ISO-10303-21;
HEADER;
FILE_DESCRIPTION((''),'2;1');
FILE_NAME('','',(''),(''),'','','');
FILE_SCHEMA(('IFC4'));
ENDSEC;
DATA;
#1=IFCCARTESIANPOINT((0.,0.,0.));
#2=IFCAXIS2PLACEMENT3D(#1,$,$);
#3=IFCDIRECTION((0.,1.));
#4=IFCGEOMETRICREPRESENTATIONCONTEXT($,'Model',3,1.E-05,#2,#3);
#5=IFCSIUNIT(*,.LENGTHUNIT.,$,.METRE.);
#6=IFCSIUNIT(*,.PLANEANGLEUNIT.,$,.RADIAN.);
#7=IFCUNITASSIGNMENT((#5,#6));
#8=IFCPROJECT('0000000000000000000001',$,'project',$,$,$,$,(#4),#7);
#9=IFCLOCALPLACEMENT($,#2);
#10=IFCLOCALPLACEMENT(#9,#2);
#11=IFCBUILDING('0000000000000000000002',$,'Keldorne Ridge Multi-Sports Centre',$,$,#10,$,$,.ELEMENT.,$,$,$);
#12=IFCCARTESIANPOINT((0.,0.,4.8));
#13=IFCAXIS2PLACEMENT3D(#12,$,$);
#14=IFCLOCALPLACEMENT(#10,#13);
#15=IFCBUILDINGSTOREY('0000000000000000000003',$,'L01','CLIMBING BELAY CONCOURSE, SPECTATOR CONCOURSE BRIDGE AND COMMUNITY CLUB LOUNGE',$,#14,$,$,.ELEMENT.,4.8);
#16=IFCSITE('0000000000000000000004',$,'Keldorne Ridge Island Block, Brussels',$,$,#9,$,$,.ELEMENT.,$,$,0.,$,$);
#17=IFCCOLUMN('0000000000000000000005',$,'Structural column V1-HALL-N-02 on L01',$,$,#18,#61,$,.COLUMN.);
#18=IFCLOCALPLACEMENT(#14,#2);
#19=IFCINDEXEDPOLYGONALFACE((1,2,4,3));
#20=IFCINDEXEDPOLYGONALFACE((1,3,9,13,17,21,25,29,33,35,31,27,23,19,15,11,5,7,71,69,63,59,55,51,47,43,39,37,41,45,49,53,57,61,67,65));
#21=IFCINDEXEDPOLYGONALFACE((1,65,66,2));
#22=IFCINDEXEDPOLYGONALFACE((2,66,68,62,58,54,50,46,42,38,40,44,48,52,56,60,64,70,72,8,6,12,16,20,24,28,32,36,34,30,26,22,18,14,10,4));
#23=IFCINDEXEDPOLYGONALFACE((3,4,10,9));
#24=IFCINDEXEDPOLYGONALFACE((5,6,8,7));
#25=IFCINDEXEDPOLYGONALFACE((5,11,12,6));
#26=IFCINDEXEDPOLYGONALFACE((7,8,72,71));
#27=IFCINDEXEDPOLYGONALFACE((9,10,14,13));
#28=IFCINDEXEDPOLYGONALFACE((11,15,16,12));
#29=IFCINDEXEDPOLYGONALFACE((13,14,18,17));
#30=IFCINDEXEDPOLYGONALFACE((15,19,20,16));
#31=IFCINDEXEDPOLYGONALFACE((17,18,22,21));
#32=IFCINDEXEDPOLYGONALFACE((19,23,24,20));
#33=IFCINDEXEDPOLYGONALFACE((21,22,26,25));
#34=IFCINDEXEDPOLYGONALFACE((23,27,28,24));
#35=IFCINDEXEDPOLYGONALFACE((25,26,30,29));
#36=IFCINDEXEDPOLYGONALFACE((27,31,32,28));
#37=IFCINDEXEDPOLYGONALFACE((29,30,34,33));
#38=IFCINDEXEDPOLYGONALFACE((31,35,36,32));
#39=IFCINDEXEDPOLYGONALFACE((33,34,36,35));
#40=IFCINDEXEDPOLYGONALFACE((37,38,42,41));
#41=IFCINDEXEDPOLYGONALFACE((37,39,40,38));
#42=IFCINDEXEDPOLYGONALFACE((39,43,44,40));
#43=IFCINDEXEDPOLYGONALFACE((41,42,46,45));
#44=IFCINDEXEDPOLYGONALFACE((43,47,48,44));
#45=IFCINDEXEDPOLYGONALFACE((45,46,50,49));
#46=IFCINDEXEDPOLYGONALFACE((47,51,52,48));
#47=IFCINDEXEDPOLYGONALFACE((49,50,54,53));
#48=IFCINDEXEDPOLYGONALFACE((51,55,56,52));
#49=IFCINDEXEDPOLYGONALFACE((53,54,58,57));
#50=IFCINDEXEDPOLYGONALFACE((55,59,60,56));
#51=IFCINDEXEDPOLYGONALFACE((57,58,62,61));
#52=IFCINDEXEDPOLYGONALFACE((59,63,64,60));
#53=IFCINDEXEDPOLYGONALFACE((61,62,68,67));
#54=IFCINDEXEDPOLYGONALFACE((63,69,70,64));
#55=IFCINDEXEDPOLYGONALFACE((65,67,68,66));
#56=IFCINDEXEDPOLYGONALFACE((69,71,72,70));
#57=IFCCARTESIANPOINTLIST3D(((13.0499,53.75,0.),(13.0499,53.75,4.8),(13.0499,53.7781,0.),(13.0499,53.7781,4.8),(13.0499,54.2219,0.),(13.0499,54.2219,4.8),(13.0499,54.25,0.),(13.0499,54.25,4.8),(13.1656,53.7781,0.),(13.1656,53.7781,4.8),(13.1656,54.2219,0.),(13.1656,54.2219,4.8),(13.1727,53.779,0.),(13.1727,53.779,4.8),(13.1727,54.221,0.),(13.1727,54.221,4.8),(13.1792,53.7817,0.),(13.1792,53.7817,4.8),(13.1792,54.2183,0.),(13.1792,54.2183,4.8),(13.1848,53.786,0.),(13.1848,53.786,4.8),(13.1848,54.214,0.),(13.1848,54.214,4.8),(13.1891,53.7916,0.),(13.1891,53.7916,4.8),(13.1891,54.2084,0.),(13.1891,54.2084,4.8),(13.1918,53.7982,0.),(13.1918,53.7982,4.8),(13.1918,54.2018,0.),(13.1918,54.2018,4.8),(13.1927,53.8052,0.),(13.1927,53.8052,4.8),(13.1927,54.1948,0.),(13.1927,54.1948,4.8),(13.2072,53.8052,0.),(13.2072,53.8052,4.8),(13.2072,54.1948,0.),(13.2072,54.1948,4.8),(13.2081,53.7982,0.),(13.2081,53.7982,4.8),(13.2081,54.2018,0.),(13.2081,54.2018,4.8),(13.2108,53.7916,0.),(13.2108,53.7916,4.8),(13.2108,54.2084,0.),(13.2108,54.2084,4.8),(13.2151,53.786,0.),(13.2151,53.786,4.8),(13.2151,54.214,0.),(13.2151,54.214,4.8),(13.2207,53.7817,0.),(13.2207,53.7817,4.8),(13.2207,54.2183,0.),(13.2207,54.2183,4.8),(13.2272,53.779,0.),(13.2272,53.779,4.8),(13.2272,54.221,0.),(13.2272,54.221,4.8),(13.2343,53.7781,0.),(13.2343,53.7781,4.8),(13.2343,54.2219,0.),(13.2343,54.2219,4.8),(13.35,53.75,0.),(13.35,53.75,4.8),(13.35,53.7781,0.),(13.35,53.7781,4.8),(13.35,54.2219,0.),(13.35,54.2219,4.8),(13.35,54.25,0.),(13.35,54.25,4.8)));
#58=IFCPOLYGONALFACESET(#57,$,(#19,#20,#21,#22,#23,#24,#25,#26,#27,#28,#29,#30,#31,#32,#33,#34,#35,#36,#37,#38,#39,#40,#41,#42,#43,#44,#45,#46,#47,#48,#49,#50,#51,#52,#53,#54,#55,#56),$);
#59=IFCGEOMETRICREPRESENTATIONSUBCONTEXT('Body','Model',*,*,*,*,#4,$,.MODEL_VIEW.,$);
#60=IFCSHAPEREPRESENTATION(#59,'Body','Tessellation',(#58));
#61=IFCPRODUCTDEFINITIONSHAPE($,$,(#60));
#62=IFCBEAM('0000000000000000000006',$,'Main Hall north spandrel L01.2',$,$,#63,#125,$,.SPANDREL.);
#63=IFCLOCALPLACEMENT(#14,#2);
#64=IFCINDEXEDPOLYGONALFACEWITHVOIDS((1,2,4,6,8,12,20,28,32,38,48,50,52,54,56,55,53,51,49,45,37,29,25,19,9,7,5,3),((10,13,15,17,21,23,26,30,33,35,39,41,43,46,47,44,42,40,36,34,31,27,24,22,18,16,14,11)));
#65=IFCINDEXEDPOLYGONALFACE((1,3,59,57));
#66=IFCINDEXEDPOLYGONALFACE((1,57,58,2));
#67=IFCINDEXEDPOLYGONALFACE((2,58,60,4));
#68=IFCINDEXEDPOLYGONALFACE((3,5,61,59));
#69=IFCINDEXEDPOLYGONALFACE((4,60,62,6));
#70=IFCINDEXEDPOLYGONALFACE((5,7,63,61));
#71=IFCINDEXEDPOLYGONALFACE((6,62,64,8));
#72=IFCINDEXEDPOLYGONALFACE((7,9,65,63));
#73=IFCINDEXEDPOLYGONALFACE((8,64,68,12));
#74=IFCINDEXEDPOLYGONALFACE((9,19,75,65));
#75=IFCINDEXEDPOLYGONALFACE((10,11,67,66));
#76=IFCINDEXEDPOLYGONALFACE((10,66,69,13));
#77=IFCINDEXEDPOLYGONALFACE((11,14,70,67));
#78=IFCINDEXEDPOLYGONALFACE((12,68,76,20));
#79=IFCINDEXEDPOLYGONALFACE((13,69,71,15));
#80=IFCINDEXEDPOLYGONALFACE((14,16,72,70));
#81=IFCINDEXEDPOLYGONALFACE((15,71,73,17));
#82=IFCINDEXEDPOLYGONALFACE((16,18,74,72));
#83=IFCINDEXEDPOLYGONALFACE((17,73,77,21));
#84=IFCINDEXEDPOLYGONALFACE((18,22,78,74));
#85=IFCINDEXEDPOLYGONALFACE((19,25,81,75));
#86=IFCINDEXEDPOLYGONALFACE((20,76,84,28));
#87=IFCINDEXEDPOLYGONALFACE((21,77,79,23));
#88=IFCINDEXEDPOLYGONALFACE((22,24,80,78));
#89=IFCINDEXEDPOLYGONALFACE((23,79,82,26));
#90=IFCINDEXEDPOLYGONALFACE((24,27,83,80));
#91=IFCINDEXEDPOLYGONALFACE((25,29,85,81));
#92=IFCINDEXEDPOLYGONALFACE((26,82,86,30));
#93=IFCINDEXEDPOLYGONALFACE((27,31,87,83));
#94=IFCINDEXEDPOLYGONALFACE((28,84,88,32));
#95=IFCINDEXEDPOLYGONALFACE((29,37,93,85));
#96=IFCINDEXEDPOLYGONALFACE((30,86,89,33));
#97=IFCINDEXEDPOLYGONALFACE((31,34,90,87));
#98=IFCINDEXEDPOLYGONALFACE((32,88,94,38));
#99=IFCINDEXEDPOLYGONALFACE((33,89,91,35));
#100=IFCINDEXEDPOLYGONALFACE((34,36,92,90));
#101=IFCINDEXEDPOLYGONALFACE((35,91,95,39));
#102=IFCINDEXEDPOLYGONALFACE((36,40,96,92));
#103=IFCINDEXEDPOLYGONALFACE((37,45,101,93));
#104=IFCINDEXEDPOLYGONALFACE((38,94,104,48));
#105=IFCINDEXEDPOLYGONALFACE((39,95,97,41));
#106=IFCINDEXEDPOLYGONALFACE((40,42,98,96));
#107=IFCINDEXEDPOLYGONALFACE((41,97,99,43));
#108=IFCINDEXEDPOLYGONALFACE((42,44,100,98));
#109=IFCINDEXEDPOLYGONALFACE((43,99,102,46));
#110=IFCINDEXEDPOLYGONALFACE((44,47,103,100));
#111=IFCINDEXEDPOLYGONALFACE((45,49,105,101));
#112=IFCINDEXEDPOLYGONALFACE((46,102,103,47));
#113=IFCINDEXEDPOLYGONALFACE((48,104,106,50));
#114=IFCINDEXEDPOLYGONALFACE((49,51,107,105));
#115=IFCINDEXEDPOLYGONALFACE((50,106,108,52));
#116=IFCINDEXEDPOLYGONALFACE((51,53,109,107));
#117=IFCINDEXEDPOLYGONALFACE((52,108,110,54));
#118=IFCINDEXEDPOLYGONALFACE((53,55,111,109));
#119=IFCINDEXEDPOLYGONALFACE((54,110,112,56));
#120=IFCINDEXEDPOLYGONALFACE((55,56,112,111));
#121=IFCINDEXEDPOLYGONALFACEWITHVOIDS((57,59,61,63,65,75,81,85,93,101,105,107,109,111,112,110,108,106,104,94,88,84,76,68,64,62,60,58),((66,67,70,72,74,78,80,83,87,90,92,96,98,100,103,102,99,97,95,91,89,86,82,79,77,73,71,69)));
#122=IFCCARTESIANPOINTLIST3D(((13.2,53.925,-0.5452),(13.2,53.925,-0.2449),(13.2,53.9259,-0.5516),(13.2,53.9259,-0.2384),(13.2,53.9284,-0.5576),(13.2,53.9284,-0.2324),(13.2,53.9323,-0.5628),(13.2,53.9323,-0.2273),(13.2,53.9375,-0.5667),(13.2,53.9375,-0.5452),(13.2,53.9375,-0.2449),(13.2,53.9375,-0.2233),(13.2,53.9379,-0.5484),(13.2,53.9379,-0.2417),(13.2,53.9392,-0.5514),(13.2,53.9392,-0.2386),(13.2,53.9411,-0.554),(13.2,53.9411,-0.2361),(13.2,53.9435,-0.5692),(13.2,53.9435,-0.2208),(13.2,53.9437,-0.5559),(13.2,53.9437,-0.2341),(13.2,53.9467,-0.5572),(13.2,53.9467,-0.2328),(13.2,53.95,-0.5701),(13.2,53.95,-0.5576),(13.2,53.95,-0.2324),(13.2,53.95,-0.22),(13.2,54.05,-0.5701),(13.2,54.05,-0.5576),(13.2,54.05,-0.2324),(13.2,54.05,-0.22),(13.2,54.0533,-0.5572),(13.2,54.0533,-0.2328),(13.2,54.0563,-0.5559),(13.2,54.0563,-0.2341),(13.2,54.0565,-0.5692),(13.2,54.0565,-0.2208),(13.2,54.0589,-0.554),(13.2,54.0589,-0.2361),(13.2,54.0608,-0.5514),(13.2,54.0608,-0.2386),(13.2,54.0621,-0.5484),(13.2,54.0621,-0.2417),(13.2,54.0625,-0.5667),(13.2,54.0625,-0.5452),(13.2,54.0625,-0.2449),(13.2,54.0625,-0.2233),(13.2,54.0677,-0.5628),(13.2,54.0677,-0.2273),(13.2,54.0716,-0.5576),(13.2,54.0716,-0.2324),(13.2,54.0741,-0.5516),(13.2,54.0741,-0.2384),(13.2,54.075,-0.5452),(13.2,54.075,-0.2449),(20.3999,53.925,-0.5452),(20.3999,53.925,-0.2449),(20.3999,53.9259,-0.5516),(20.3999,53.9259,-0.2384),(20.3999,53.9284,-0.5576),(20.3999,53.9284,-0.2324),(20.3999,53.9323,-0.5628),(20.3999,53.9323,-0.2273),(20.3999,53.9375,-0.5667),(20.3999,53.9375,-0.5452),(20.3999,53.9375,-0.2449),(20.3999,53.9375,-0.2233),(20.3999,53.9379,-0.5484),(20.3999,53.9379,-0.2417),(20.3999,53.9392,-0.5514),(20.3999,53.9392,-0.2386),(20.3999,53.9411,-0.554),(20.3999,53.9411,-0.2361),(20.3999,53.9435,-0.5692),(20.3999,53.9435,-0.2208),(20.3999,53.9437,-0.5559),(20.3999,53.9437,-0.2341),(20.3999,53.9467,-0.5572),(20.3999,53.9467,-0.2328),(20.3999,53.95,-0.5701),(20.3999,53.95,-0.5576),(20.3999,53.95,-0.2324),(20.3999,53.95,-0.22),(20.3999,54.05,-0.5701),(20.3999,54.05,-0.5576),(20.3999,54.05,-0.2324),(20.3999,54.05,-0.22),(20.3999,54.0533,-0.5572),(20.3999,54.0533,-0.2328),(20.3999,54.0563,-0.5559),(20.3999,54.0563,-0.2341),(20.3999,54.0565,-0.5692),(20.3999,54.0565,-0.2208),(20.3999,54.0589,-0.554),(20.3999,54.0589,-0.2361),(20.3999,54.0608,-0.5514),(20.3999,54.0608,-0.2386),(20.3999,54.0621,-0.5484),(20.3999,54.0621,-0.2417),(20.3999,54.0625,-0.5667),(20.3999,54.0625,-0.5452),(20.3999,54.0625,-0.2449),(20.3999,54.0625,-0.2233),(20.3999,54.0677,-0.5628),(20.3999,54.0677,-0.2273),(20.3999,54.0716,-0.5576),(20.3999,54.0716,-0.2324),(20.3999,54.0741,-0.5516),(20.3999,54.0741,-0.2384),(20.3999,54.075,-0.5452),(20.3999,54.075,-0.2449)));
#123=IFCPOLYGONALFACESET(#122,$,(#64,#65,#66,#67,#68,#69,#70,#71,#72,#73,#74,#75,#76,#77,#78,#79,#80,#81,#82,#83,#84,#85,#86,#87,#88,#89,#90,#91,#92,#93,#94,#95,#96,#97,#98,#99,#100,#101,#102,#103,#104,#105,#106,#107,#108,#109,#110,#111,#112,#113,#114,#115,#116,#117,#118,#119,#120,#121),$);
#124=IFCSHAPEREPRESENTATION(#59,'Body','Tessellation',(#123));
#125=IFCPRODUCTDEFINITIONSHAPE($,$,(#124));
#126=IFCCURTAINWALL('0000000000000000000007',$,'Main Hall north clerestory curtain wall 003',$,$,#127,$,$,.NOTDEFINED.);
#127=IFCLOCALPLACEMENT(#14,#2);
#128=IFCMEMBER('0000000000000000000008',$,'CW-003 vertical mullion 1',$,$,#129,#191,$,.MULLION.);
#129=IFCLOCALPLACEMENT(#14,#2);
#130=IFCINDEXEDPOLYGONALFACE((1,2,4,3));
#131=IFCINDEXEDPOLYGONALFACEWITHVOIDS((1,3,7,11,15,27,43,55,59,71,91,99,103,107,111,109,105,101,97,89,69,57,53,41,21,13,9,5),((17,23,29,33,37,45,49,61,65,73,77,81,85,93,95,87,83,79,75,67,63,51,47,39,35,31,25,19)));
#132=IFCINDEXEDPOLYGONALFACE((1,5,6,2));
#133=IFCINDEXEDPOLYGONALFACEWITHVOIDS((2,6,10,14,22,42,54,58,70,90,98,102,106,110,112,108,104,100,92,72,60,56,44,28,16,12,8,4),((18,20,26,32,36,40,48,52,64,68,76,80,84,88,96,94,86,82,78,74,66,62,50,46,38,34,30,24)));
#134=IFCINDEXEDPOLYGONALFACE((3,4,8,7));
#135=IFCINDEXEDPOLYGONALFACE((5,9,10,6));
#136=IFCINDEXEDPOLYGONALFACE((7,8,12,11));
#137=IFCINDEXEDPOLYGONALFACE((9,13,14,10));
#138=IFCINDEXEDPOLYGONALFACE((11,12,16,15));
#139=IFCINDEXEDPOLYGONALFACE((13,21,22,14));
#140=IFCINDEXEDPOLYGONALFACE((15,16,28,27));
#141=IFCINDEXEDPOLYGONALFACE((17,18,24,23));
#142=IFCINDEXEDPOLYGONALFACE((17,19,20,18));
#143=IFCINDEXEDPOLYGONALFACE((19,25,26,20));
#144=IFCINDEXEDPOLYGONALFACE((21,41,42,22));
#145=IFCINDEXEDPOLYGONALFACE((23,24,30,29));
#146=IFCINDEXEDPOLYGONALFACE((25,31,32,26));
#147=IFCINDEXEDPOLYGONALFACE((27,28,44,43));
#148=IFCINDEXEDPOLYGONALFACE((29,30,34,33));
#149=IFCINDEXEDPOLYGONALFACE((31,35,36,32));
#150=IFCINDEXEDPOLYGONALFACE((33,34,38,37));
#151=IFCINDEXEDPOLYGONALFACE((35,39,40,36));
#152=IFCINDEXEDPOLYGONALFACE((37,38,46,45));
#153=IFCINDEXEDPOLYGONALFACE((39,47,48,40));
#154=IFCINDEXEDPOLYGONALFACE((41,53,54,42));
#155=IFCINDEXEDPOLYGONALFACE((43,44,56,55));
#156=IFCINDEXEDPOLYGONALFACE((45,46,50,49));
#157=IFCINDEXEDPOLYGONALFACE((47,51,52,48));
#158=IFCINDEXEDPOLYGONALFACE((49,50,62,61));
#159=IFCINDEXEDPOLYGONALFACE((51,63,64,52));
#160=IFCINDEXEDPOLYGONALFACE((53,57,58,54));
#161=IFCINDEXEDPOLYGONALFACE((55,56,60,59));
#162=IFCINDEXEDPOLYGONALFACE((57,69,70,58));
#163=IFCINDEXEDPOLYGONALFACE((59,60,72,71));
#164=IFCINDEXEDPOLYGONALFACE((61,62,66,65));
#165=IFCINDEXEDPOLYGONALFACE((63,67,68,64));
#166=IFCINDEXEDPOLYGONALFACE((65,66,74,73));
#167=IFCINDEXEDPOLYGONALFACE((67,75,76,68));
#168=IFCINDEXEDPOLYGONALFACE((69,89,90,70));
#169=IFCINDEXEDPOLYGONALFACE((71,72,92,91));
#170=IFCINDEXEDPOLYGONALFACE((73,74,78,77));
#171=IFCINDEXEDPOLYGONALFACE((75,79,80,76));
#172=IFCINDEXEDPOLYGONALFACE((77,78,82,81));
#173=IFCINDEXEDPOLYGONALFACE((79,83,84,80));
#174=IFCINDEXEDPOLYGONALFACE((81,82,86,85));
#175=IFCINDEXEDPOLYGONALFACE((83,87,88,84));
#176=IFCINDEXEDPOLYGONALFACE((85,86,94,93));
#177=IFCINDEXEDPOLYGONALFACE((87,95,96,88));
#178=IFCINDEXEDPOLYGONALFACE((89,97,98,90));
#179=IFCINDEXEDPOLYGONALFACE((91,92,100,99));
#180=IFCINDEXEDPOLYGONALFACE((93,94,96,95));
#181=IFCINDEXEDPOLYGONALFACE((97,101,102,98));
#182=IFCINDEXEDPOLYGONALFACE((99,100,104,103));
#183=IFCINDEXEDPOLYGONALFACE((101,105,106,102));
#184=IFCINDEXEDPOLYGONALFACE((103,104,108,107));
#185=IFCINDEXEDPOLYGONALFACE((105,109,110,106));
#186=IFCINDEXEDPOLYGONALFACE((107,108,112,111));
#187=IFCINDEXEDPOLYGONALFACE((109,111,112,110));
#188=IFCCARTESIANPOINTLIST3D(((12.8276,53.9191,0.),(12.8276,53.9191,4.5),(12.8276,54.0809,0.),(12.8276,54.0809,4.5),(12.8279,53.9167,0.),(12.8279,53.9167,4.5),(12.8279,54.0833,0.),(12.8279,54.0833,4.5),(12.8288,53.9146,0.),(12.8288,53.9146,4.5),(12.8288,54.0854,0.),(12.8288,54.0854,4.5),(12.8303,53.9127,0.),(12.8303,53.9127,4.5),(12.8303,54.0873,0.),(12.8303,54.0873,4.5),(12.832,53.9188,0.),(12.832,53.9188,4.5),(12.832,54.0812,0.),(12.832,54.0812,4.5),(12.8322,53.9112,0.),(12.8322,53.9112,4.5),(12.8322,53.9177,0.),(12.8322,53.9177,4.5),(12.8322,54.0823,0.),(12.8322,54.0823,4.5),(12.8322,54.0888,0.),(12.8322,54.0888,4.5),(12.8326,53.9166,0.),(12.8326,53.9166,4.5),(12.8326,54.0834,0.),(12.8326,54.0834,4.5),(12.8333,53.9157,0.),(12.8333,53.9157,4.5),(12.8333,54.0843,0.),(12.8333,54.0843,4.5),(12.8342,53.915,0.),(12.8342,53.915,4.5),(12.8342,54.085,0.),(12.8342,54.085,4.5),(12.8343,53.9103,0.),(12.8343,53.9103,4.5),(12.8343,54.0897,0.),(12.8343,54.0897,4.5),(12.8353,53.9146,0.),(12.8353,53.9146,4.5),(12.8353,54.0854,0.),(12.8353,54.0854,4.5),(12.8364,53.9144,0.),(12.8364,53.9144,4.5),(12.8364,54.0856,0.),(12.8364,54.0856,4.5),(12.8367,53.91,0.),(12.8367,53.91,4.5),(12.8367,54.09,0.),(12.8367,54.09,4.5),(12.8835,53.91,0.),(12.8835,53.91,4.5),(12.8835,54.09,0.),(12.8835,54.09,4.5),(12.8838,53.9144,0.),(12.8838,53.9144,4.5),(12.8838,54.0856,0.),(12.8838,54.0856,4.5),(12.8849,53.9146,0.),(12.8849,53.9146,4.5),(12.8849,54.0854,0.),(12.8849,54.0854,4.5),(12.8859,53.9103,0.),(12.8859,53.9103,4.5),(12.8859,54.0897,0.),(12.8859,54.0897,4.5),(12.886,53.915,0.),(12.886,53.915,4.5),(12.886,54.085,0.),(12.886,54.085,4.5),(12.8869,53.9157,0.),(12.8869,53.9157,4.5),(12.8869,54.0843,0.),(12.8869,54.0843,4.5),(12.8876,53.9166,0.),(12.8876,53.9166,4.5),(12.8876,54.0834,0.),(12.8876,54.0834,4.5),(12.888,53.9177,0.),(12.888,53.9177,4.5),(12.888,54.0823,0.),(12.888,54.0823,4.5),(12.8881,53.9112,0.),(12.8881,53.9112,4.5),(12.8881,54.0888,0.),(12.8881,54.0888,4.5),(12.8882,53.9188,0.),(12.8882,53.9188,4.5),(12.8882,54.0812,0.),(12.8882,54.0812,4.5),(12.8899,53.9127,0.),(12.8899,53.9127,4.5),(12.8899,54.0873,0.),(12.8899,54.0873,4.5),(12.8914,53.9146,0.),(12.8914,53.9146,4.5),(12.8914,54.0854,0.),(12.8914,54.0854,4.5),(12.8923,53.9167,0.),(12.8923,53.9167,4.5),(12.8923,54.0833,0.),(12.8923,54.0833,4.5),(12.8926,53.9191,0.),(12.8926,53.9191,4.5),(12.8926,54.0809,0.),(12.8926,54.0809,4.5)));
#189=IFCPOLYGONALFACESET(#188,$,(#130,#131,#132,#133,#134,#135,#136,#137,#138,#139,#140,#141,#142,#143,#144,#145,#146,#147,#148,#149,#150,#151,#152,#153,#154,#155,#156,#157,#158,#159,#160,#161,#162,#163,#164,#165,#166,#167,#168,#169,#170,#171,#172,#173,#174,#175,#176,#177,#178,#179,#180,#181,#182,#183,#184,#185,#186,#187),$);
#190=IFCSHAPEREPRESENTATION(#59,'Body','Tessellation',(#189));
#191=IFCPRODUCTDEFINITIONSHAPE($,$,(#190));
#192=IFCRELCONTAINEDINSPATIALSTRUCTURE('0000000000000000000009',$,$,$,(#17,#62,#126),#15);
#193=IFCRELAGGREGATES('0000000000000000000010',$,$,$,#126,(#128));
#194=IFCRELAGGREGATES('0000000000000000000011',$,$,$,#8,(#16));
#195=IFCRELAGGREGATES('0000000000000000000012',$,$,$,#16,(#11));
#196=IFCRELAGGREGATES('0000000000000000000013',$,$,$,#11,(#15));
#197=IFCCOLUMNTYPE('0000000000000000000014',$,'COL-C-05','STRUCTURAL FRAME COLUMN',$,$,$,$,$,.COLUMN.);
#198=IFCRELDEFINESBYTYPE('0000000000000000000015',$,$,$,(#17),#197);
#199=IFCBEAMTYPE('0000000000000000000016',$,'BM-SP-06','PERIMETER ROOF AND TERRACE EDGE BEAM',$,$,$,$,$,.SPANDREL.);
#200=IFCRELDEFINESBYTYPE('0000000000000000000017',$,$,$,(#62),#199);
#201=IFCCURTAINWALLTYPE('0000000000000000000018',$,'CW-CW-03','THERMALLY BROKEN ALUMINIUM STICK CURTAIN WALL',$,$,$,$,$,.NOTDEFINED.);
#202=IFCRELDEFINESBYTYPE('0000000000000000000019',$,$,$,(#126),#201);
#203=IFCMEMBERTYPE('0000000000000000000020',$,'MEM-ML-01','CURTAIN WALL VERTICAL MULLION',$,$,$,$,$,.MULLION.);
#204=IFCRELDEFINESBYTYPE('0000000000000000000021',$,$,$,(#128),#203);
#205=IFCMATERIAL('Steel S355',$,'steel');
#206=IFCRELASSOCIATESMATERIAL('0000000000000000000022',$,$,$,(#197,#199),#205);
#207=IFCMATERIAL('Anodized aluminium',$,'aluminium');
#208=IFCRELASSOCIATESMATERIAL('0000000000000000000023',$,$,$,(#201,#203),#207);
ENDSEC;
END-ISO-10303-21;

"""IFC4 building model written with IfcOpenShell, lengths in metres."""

from ifc_helpers import new_model, si_unit, direction, frame, origin, origin_2d, place, context, subcontext, project, spatial, hollow_rectangle, i_section, extrude, material, material_profile, profile_set, type_object, element, aggregate, save


model = new_model("IFC4")

# Units and contexts
model_context = context("Model", 3, precision=1e-05, world=origin(), true_north=direction((0.0, 1.0)))
body_context = subcontext(model_context, "Body", "Model", "MODEL_VIEW")
ifc_project = project(units=[si_unit("LENGTHUNIT", "METRE"), si_unit("PLANEANGLEUNIT", "RADIAN")], contexts=[model_context])

# Site, building, storey
site_placement = place(None, origin())
site = spatial("IfcSite", under=ifc_project, at=site_placement, Name="Keldorne Ridge Island Block, Brussels", CompositionType="ELEMENT", RefElevation=0.0)
building_placement = place(site_placement, origin())
building = spatial("IfcBuilding", under=site, at=building_placement, Name="Keldorne Ridge Multi-Sports Centre", CompositionType="ELEMENT")
storey_placement = place(building_placement, frame((0.0, 0.0, 4.8)))
storey = spatial("IfcBuildingStorey", under=building, at=storey_placement, Name="L01", Description="CLIMBING BELAY CONCOURSE, SPECTATOR CONCOURSE BRIDGE AND COMMUNITY CLUB LOUNGE", CompositionType="ELEMENT", Elevation=4.8)

# Column
ifc_material_1 = material(Name="Steel S355", Category="steel")
ifc_material_profile_1 = material_profile(ifc_material_1, i_section(OverallWidth=0.3, OverallDepth=0.5, WebThickness=0.0144, FlangeThickness=0.0281, FilletRadius=0.0271, at=origin_2d()), Name="HEB 500")
ifc_profile_set_1 = profile_set([ifc_material_profile_1], Name="Steel S355")
column_type = type_object("IfcColumnType", Name="COL-C-05", Description="STRUCTURAL FRAME COLUMN", PredefinedType="COLUMN", material=ifc_profile_set_1)
column_placement = place(storey_placement, frame((13.2, 54.0, 0.0), z_axis=(0.0, 0.0, 1.0), x_axis=(1.0, 0.0, 0.0)))
element("IfcColumn", 1, at=column_placement, inside=storey, type_object=column_type, Name="Structural column V1-HALL-N-02 on L01", PredefinedType="COLUMN", context=body_context, shape_type="SweptSolid", body=[
    extrude(i_section(OverallWidth=0.3, OverallDepth=0.5, WebThickness=0.0144, FlangeThickness=0.0281, FilletRadius=0.0271, at=origin_2d()), origin(), (0.0, 0.0, 1.0), 4.8),
])

# Beam
ifc_material_profile_2 = material_profile(ifc_material_1, hollow_rectangle(XDim=0.1499, YDim=0.3501, WallThickness=0.0125, InnerFilletRadius=0.0125, OuterFilletRadius=0.0249, at=origin_2d()), Name="RHS 350x150x12.5")
ifc_profile_set_2 = profile_set([ifc_material_profile_2], Name="Steel S355")
beam_type = type_object("IfcBeamType", Name="BM-SP-06", Description="PERIMETER ROOF AND TERRACE EDGE BEAM", PredefinedType="SPANDREL", material=ifc_profile_set_2)
beam_placement = place(storey_placement, frame((13.2, 54.0, -0.395), z_axis=(1.0, 0.0, 0.0), x_axis=(0.0, 1.0, 0.0)))
element("IfcBeam", 2, at=beam_placement, inside=storey, type_object=beam_type, Name="Main Hall north spandrel L01.2", PredefinedType="SPANDREL", context=body_context, shape_type="SweptSolid", body=[
    extrude(hollow_rectangle(XDim=0.1499, YDim=0.3501, WallThickness=0.0125, InnerFilletRadius=0.0125, OuterFilletRadius=0.0249, at=origin_2d()), origin(), (0.0, 0.0, 1.0), 7.2),
])

# Curtain wall, member
ifc_material_2 = material(Name="Anodized aluminium", Category="aluminium")
curtain_wall_type_1 = type_object("IfcCurtainWallType", Name="CW-CW-03", Description="THERMALLY BROKEN ALUMINIUM STICK CURTAIN WALL", PredefinedType="NOTDEFINED", material=ifc_material_2)
curtain_wall_1_placement = place(storey_placement, origin())
curtain_wall_1 = element("IfcCurtainWall", 3, at=curtain_wall_1_placement, inside=storey, type_object=curtain_wall_type_1, Name="Main Hall north clerestory curtain wall 003", PredefinedType="NOTDEFINED")
ifc_material_profile_3 = material_profile(ifc_material_2, hollow_rectangle(XDim=0.0649, YDim=0.1799, WallThickness=0.0044, InnerFilletRadius=0.0044, OuterFilletRadius=0.009, at=origin_2d()), Name="ALU MULLION 180x65x4.5")
ifc_profile_set_3 = profile_set([ifc_material_profile_3], Name="Anodized aluminium")
member_type_1 = type_object("IfcMemberType", Name="MEM-ML-01", Description="CURTAIN WALL VERTICAL MULLION", PredefinedType="MULLION", material=ifc_profile_set_3)
member_1_placement = place(storey_placement, frame((12.8601, 54.0, 0.0), z_axis=(0.0, 0.0, 1.0), x_axis=(1.0, 0.0, 0.0)))
member_1 = element("IfcMember", 4, at=member_1_placement, type_object=member_type_1, Name="CW-003 vertical mullion 1", PredefinedType="MULLION", context=body_context, shape_type="SweptSolid", body=[
    extrude(hollow_rectangle(XDim=0.0649, YDim=0.1799, WallThickness=0.0044, InnerFilletRadius=0.0044, OuterFilletRadius=0.009, at=origin_2d()), origin(), (0.0, 0.0, 1.0), 4.5),
])

aggregate(curtain_wall_1, [member_1])

save(model, "model.ifc")
